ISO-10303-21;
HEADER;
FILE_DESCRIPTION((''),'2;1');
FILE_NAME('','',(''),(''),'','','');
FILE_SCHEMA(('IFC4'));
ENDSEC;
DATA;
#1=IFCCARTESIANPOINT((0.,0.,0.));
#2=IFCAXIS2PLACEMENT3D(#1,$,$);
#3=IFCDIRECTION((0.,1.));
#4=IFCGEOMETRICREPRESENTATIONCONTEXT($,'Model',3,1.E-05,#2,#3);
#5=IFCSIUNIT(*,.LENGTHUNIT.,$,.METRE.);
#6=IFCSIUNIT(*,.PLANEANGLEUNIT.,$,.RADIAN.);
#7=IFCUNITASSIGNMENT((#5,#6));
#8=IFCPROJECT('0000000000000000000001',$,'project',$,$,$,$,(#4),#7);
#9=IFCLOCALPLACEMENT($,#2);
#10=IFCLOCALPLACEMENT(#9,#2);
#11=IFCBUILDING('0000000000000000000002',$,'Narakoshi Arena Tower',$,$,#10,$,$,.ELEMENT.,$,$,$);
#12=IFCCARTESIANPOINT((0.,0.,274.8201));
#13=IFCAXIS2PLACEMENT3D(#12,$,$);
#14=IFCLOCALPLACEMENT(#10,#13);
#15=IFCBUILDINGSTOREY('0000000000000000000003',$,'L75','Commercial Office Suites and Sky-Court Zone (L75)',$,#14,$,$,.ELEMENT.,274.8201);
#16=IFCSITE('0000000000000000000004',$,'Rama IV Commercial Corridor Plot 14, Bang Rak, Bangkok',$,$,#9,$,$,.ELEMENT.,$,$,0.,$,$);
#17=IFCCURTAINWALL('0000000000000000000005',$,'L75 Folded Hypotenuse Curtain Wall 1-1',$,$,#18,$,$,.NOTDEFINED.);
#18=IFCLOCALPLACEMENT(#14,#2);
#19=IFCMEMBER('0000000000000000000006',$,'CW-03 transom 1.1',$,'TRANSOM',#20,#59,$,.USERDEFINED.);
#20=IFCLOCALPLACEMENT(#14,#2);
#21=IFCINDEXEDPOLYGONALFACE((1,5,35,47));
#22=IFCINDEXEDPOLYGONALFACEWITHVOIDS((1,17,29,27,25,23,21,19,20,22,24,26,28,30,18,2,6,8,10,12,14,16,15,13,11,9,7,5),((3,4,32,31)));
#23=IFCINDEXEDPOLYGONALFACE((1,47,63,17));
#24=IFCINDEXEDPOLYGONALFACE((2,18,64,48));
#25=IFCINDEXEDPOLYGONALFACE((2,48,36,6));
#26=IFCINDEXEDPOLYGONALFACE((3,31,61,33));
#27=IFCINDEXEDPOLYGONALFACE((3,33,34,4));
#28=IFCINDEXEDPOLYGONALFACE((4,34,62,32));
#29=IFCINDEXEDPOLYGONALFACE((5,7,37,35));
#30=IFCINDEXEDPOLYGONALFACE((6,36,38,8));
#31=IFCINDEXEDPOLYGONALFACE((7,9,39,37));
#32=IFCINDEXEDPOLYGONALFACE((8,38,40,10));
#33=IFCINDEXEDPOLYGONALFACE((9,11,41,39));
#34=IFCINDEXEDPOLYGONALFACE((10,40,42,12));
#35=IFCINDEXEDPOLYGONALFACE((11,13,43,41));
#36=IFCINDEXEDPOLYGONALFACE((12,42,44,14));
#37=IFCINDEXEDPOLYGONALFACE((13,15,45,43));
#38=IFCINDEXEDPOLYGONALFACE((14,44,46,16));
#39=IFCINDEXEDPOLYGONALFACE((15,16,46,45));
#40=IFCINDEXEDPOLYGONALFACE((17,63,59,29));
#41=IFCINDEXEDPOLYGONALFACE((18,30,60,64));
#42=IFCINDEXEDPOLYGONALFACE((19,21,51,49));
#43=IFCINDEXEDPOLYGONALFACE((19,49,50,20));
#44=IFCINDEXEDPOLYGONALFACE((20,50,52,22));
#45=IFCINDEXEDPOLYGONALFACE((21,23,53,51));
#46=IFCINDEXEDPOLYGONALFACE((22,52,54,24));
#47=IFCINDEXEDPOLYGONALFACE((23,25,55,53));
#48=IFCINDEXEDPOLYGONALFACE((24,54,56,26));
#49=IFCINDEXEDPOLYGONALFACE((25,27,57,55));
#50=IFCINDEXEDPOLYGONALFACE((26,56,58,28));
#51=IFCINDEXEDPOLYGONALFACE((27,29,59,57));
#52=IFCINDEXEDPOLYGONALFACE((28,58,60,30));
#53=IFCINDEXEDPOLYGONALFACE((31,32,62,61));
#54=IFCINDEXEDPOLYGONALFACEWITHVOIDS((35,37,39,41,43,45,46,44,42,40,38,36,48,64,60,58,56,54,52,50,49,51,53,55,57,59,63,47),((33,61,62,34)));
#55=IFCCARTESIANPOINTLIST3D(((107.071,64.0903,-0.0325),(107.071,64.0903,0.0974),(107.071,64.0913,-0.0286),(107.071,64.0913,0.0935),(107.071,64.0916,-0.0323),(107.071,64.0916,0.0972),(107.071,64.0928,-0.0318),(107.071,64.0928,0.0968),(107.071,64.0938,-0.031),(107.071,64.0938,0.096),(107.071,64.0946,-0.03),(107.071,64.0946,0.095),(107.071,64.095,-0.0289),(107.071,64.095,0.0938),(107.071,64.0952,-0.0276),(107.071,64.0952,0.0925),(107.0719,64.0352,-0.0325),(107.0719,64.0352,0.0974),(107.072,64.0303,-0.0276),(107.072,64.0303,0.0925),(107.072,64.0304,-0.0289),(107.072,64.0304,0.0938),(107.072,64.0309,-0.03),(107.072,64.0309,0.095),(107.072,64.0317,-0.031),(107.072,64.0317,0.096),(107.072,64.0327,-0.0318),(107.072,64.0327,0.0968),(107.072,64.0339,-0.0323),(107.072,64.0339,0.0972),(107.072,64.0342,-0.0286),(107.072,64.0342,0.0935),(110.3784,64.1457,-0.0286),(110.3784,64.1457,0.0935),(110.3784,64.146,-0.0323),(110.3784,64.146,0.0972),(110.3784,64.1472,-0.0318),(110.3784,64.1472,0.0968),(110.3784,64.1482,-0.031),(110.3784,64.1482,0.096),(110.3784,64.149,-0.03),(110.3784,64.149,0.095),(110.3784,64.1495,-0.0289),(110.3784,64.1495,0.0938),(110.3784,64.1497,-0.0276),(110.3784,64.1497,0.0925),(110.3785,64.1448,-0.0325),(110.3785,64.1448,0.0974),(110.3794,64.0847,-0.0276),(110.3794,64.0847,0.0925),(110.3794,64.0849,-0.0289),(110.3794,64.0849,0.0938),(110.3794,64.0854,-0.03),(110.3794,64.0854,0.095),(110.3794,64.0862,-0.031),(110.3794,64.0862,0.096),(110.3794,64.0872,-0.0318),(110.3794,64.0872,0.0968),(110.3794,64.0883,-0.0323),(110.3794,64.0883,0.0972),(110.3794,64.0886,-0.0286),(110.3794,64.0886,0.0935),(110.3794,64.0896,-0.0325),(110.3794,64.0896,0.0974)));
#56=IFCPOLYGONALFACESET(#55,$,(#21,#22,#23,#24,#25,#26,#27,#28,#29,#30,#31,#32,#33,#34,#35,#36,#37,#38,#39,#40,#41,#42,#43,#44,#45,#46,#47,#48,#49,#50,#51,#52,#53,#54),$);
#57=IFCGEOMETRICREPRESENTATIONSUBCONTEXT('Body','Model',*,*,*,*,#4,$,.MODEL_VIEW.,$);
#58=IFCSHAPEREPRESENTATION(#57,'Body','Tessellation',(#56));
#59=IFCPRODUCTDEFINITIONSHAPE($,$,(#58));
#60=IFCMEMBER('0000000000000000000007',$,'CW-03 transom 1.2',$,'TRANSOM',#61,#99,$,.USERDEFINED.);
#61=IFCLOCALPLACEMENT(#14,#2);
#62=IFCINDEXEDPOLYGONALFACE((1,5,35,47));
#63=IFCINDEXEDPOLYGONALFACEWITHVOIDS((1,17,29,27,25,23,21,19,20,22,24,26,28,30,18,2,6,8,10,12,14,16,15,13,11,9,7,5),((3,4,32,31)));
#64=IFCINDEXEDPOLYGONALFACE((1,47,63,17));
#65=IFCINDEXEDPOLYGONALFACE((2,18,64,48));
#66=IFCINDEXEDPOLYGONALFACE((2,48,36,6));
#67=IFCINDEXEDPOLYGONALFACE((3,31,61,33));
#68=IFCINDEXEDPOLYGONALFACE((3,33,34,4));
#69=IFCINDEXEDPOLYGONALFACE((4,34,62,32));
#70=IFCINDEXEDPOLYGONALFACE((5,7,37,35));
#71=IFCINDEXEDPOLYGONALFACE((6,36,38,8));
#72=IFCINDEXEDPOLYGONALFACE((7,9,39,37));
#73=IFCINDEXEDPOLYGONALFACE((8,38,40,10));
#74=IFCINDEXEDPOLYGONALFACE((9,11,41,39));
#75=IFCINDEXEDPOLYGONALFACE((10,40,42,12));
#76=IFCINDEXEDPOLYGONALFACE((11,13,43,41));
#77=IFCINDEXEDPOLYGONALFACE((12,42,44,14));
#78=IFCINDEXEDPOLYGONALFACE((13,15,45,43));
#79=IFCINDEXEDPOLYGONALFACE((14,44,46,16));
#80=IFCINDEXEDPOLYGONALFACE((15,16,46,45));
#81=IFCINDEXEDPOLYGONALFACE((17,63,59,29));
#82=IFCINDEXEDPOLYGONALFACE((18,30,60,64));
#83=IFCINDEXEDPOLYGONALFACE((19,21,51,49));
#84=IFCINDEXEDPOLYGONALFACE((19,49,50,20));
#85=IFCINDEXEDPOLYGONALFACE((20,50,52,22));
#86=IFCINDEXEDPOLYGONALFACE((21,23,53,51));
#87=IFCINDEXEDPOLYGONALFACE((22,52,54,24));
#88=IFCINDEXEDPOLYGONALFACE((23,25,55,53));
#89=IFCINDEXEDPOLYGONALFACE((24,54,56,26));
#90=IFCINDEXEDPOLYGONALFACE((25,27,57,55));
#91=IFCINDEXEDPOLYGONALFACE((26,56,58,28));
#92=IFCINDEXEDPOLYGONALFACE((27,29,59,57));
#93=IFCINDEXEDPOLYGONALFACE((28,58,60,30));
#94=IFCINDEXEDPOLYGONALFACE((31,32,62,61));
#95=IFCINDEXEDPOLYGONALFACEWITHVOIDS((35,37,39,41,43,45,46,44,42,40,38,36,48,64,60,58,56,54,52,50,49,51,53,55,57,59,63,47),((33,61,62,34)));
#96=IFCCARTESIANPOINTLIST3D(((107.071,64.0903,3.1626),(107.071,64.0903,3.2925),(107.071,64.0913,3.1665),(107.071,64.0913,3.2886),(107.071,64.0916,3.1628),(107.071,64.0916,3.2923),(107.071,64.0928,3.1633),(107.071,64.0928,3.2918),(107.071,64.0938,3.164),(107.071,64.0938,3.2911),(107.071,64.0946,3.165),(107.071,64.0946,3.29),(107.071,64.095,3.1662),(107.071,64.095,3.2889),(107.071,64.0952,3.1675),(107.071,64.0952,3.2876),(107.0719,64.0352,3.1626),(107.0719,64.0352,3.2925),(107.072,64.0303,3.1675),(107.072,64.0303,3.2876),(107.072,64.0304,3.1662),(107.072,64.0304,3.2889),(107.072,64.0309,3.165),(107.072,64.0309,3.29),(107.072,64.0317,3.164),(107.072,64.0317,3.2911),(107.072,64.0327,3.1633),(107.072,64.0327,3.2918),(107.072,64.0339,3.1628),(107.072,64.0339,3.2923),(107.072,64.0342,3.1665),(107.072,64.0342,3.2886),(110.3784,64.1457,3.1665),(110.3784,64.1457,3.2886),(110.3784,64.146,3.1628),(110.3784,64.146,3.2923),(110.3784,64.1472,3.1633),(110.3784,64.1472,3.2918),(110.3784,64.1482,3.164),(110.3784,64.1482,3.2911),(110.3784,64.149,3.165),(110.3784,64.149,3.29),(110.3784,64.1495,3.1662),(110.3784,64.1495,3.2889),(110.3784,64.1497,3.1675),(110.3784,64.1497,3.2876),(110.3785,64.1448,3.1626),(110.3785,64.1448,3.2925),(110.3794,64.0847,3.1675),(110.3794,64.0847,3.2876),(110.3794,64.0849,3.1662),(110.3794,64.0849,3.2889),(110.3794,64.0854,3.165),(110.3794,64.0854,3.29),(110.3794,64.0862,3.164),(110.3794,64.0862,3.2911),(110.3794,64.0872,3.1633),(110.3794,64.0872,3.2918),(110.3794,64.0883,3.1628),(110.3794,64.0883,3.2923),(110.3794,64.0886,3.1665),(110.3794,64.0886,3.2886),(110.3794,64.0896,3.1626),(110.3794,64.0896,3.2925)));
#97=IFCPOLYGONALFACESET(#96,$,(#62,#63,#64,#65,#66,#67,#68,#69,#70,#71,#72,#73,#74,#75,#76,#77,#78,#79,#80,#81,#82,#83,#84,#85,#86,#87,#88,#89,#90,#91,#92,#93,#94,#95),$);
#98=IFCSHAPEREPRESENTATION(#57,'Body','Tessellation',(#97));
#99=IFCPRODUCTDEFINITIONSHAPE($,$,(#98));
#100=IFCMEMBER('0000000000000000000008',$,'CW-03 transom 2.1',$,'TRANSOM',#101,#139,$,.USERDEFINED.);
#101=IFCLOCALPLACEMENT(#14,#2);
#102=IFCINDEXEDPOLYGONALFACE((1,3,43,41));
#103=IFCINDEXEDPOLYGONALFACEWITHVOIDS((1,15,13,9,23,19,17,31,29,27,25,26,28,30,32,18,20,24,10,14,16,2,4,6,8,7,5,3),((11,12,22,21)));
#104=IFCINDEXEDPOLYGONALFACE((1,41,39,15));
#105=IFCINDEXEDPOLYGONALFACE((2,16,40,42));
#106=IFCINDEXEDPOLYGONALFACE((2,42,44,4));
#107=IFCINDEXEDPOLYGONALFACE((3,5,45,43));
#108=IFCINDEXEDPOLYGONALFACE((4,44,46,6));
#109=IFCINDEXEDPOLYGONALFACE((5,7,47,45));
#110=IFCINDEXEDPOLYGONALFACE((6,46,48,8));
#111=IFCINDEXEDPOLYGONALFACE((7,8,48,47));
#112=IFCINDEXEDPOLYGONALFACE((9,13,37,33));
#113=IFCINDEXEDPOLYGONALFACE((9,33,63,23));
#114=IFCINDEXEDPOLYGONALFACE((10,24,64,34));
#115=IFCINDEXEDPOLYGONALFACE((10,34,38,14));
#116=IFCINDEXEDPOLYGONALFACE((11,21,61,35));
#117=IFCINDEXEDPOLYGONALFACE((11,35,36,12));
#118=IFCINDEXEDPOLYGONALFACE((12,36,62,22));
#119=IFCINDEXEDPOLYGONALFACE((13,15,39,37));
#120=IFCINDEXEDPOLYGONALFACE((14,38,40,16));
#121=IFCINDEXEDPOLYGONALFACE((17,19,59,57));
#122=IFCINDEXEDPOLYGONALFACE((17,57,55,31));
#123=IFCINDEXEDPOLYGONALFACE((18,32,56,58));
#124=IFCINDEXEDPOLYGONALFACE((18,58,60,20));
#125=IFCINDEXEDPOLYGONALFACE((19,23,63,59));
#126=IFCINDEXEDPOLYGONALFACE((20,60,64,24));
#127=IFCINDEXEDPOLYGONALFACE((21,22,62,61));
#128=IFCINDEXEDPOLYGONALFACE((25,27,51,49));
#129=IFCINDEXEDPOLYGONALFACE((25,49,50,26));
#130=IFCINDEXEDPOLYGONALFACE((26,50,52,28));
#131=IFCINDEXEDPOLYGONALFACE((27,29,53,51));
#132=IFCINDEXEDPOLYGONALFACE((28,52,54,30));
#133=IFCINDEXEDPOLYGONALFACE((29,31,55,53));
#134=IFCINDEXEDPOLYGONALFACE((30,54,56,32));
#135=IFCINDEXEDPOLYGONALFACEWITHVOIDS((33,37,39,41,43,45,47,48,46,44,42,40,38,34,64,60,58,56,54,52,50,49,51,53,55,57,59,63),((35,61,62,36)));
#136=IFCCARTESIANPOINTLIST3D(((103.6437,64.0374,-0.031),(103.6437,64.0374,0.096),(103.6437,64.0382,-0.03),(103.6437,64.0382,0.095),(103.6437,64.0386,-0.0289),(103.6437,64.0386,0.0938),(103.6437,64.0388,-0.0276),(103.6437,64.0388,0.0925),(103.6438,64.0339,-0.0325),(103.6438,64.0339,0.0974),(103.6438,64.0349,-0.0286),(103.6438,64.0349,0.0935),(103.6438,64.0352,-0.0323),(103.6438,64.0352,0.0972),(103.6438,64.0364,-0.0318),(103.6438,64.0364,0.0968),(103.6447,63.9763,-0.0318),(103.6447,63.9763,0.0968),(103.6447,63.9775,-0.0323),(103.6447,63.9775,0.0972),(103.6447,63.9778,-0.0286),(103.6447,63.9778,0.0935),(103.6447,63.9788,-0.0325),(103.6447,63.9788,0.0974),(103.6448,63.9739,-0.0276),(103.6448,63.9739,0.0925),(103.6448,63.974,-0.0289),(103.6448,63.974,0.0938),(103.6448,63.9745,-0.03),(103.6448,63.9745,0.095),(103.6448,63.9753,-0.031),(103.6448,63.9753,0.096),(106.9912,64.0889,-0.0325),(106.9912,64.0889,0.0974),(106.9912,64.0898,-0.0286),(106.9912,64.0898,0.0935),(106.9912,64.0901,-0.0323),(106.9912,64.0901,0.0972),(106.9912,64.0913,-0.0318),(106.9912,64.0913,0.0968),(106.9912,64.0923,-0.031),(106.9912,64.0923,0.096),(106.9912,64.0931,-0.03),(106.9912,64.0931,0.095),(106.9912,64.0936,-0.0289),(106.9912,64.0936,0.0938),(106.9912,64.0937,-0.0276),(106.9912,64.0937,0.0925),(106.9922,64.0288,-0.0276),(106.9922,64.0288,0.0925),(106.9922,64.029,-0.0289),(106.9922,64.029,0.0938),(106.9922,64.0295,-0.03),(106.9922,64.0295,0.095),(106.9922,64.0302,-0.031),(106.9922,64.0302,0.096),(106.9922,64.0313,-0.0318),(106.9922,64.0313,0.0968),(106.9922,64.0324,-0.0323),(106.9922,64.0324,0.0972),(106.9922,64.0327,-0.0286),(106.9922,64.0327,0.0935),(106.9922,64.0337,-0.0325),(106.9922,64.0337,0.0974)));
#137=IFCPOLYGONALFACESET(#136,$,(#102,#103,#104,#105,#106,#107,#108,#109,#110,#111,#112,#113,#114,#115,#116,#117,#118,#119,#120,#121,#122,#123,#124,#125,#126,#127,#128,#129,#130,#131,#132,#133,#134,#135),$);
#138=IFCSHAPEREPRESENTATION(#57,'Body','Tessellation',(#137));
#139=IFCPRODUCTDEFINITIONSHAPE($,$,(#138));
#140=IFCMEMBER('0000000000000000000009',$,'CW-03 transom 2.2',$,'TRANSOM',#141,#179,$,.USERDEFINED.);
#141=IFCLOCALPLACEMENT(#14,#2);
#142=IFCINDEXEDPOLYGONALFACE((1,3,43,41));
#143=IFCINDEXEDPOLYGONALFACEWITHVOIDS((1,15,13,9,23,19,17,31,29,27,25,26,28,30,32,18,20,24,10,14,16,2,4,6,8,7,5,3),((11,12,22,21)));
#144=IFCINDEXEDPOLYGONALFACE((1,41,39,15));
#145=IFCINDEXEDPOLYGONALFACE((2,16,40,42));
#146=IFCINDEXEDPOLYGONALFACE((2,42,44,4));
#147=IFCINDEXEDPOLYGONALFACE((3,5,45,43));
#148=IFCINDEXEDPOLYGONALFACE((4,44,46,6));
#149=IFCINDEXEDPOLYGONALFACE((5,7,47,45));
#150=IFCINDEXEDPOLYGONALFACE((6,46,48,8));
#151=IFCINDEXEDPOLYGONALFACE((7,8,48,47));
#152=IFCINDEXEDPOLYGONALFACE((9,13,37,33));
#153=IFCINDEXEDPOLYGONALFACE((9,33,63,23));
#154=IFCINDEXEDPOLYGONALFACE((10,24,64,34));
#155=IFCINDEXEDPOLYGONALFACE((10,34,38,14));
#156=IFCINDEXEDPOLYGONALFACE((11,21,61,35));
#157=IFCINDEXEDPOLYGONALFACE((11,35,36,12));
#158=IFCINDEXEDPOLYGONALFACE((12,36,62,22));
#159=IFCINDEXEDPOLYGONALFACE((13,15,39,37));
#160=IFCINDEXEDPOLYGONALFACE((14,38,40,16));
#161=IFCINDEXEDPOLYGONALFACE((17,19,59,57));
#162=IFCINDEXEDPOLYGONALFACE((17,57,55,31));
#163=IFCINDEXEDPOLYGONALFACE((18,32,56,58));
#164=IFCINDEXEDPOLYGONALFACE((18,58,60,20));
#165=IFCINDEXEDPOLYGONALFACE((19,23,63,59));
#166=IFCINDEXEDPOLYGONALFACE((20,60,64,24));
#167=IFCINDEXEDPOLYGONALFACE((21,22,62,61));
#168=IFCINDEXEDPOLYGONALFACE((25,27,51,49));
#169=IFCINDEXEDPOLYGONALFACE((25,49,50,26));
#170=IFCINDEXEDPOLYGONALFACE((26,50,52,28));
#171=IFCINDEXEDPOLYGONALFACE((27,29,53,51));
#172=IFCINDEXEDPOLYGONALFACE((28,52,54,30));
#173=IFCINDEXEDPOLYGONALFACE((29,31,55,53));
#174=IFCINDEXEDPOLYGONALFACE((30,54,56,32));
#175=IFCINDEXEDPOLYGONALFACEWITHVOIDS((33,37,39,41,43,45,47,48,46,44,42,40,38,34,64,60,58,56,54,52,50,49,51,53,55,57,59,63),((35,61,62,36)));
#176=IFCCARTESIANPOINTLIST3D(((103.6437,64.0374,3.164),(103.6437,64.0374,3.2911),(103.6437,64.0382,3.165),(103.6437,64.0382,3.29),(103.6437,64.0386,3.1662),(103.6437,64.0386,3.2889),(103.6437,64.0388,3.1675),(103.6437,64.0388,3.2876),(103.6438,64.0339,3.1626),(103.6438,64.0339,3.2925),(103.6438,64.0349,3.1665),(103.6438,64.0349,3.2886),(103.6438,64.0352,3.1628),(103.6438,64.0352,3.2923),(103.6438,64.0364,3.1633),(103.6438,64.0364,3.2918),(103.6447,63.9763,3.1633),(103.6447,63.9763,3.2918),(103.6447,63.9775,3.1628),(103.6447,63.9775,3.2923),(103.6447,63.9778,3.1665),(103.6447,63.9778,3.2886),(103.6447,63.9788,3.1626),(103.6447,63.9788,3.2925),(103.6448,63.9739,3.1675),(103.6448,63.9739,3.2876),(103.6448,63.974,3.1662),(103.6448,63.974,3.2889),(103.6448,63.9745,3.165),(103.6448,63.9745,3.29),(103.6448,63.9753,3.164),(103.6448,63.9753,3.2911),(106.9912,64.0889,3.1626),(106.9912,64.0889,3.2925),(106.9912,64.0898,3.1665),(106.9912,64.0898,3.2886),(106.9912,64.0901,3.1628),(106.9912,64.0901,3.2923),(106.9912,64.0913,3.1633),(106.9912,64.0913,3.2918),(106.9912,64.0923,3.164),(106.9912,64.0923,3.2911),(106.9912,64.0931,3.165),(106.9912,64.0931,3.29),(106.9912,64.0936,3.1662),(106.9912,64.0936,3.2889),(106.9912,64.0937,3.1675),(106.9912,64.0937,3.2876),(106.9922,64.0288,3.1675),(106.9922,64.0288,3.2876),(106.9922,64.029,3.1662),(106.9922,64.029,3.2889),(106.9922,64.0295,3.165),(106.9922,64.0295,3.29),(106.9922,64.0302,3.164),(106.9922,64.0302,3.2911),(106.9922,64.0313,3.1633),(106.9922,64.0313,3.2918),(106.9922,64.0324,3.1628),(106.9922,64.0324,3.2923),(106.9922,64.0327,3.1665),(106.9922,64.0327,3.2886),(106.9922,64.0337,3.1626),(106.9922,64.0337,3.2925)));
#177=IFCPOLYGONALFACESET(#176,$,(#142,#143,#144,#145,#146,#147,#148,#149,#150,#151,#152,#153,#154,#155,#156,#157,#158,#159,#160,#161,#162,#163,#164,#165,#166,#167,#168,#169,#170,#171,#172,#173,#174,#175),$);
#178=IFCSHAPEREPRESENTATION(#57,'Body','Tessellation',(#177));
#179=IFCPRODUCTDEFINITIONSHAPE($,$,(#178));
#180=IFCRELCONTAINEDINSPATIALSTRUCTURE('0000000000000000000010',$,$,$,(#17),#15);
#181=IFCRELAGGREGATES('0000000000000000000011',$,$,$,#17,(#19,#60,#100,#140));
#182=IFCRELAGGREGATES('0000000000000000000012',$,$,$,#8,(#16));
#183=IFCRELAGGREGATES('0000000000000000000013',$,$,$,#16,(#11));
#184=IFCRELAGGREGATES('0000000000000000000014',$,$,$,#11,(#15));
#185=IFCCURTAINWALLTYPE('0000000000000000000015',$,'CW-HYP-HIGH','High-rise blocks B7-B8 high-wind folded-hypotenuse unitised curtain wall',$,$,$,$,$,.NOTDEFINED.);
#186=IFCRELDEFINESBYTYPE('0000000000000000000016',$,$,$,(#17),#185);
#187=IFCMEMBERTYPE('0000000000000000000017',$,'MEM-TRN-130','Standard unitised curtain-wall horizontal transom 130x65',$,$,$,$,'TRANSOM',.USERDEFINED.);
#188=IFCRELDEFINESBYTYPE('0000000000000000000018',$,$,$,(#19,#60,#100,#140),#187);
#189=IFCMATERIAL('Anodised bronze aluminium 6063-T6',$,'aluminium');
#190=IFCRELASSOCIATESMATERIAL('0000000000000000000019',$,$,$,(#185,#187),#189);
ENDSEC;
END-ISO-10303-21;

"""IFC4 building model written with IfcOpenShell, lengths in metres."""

from ifc_helpers import new_model, si_unit, direction, frame, origin, origin_2d, place, context, subcontext, project, spatial, hollow_rectangle, extrude, material, material_profile, profile_set, type_object, element, aggregate, save


model = new_model("IFC4")

# Units and contexts
model_context = context("Model", 3, precision=1e-05, world=origin(), true_north=direction((0.0, 1.0)))
body_context = subcontext(model_context, "Body", "Model", "MODEL_VIEW")
ifc_project = project(units=[si_unit("LENGTHUNIT", "METRE"), si_unit("PLANEANGLEUNIT", "RADIAN")], contexts=[model_context])

# Site, building, storey
site_placement = place(None, origin())
site = spatial("IfcSite", under=ifc_project, at=site_placement, Name="Rama IV Commercial Corridor Plot 14, Bang Rak, Bangkok", CompositionType="ELEMENT", RefElevation=0.0)
building_placement = place(site_placement, origin())
building = spatial("IfcBuilding", under=site, at=building_placement, Name="Narakoshi Arena Tower", CompositionType="ELEMENT")
storey_placement = place(building_placement, frame((0.0, 0.0, 274.8201)))
storey = spatial("IfcBuildingStorey", under=building, at=storey_placement, Name="L75", Description="Commercial Office Suites and Sky-Court Zone (L75)", CompositionType="ELEMENT", Elevation=274.8201)

# Curtain wall, members
ifc_material_1 = material(Name="Anodised bronze aluminium 6063-T6", Category="aluminium")
curtain_wall_type = type_object("IfcCurtainWallType", Name="CW-HYP-HIGH", Description="High-rise blocks B7-B8 high-wind folded-hypotenuse unitised curtain wall", PredefinedType="NOTDEFINED", material=ifc_material_1)
curtain_wall_placement = place(storey_placement, origin())
curtain_wall = element("IfcCurtainWall", 1, at=curtain_wall_placement, inside=storey, type_object=curtain_wall_type, Name="L75 Folded Hypotenuse Curtain Wall 1-1", PredefinedType="NOTDEFINED")
ifc_material_profile_1 = material_profile(ifc_material_1, hollow_rectangle(XDim=0.0649, YDim=0.1299, WallThickness=0.0039, OuterFilletRadius=0.0049, at=origin_2d()), Name="TRN130x65x4")
ifc_profile_set_1 = profile_set([ifc_material_profile_1], Name="Anodised bronze aluminium 6063-T6")
member_type_1 = type_object("IfcMemberType", Name="MEM-TRN-130", Description="Standard unitised curtain-wall horizontal transom 130x65", ElementType="TRANSOM", PredefinedType="USERDEFINED", material=ifc_profile_set_1)
member_1_placement = place(storey_placement, frame((110.3789, 64.1172, 0.0325), z_axis=(-0.999865, -0.016459, 0.0), x_axis=(0.016459, -0.999865, 0.0)))
member_1 = element("IfcMember", 2, at=member_1_placement, type_object=member_type_1, Name="CW-03 transom 1.1", ObjectType="TRANSOM", PredefinedType="USERDEFINED", context=body_context, shape_type="SweptSolid", body=[
    extrude(hollow_rectangle(XDim=0.0649, YDim=0.1299, WallThickness=0.0039, OuterFilletRadius=0.0049, at=origin_2d()), origin(), (0.0, 0.0, 1.0), 3.3079),
])
member_2_placement = place(storey_placement, frame((110.3789, 64.1172, 3.2275), z_axis=(-0.999865, -0.016459, 0.0), x_axis=(0.016459, -0.999865, 0.0)))
member_2 = element("IfcMember", 3, at=member_2_placement, type_object=member_type_1, Name="CW-03 transom 1.2", ObjectType="TRANSOM", PredefinedType="USERDEFINED", context=body_context, shape_type="SweptSolid", body=[
    extrude(hollow_rectangle(XDim=0.0649, YDim=0.1299, WallThickness=0.0039, OuterFilletRadius=0.0049, at=origin_2d()), origin(), (0.0, 0.0, 1.0), 3.3079),
])
member_3_placement = place(storey_placement, frame((106.9917, 64.0613, 0.0325), z_axis=(-0.999865, -0.016408, 0.0), x_axis=(0.016408, -0.999865, 0.0)))
member_3 = element("IfcMember", 4, at=member_3_placement, type_object=member_type_1, Name="CW-03 transom 2.1", ObjectType="TRANSOM", PredefinedType="USERDEFINED", context=body_context, shape_type="SweptSolid", body=[
    extrude(hollow_rectangle(XDim=0.0649, YDim=0.1299, WallThickness=0.0039, OuterFilletRadius=0.0049, at=origin_2d()), origin(), (0.0, 0.0, 1.0), 3.3479),
])
member_4_placement = place(storey_placement, frame((106.9917, 64.0613, 3.2275), z_axis=(-0.999865, -0.016408, 0.0), x_axis=(0.016408, -0.999865, 0.0)))
member_4 = element("IfcMember", 5, at=member_4_placement, type_object=member_type_1, Name="CW-03 transom 2.2", ObjectType="TRANSOM", PredefinedType="USERDEFINED", context=body_context, shape_type="SweptSolid", body=[
    extrude(hollow_rectangle(XDim=0.0649, YDim=0.1299, WallThickness=0.0039, OuterFilletRadius=0.0049, at=origin_2d()), origin(), (0.0, 0.0, 1.0), 3.3479),
])
aggregate(curtain_wall, [member_1, member_2, member_3, member_4])

save(model, "model.ifc")
